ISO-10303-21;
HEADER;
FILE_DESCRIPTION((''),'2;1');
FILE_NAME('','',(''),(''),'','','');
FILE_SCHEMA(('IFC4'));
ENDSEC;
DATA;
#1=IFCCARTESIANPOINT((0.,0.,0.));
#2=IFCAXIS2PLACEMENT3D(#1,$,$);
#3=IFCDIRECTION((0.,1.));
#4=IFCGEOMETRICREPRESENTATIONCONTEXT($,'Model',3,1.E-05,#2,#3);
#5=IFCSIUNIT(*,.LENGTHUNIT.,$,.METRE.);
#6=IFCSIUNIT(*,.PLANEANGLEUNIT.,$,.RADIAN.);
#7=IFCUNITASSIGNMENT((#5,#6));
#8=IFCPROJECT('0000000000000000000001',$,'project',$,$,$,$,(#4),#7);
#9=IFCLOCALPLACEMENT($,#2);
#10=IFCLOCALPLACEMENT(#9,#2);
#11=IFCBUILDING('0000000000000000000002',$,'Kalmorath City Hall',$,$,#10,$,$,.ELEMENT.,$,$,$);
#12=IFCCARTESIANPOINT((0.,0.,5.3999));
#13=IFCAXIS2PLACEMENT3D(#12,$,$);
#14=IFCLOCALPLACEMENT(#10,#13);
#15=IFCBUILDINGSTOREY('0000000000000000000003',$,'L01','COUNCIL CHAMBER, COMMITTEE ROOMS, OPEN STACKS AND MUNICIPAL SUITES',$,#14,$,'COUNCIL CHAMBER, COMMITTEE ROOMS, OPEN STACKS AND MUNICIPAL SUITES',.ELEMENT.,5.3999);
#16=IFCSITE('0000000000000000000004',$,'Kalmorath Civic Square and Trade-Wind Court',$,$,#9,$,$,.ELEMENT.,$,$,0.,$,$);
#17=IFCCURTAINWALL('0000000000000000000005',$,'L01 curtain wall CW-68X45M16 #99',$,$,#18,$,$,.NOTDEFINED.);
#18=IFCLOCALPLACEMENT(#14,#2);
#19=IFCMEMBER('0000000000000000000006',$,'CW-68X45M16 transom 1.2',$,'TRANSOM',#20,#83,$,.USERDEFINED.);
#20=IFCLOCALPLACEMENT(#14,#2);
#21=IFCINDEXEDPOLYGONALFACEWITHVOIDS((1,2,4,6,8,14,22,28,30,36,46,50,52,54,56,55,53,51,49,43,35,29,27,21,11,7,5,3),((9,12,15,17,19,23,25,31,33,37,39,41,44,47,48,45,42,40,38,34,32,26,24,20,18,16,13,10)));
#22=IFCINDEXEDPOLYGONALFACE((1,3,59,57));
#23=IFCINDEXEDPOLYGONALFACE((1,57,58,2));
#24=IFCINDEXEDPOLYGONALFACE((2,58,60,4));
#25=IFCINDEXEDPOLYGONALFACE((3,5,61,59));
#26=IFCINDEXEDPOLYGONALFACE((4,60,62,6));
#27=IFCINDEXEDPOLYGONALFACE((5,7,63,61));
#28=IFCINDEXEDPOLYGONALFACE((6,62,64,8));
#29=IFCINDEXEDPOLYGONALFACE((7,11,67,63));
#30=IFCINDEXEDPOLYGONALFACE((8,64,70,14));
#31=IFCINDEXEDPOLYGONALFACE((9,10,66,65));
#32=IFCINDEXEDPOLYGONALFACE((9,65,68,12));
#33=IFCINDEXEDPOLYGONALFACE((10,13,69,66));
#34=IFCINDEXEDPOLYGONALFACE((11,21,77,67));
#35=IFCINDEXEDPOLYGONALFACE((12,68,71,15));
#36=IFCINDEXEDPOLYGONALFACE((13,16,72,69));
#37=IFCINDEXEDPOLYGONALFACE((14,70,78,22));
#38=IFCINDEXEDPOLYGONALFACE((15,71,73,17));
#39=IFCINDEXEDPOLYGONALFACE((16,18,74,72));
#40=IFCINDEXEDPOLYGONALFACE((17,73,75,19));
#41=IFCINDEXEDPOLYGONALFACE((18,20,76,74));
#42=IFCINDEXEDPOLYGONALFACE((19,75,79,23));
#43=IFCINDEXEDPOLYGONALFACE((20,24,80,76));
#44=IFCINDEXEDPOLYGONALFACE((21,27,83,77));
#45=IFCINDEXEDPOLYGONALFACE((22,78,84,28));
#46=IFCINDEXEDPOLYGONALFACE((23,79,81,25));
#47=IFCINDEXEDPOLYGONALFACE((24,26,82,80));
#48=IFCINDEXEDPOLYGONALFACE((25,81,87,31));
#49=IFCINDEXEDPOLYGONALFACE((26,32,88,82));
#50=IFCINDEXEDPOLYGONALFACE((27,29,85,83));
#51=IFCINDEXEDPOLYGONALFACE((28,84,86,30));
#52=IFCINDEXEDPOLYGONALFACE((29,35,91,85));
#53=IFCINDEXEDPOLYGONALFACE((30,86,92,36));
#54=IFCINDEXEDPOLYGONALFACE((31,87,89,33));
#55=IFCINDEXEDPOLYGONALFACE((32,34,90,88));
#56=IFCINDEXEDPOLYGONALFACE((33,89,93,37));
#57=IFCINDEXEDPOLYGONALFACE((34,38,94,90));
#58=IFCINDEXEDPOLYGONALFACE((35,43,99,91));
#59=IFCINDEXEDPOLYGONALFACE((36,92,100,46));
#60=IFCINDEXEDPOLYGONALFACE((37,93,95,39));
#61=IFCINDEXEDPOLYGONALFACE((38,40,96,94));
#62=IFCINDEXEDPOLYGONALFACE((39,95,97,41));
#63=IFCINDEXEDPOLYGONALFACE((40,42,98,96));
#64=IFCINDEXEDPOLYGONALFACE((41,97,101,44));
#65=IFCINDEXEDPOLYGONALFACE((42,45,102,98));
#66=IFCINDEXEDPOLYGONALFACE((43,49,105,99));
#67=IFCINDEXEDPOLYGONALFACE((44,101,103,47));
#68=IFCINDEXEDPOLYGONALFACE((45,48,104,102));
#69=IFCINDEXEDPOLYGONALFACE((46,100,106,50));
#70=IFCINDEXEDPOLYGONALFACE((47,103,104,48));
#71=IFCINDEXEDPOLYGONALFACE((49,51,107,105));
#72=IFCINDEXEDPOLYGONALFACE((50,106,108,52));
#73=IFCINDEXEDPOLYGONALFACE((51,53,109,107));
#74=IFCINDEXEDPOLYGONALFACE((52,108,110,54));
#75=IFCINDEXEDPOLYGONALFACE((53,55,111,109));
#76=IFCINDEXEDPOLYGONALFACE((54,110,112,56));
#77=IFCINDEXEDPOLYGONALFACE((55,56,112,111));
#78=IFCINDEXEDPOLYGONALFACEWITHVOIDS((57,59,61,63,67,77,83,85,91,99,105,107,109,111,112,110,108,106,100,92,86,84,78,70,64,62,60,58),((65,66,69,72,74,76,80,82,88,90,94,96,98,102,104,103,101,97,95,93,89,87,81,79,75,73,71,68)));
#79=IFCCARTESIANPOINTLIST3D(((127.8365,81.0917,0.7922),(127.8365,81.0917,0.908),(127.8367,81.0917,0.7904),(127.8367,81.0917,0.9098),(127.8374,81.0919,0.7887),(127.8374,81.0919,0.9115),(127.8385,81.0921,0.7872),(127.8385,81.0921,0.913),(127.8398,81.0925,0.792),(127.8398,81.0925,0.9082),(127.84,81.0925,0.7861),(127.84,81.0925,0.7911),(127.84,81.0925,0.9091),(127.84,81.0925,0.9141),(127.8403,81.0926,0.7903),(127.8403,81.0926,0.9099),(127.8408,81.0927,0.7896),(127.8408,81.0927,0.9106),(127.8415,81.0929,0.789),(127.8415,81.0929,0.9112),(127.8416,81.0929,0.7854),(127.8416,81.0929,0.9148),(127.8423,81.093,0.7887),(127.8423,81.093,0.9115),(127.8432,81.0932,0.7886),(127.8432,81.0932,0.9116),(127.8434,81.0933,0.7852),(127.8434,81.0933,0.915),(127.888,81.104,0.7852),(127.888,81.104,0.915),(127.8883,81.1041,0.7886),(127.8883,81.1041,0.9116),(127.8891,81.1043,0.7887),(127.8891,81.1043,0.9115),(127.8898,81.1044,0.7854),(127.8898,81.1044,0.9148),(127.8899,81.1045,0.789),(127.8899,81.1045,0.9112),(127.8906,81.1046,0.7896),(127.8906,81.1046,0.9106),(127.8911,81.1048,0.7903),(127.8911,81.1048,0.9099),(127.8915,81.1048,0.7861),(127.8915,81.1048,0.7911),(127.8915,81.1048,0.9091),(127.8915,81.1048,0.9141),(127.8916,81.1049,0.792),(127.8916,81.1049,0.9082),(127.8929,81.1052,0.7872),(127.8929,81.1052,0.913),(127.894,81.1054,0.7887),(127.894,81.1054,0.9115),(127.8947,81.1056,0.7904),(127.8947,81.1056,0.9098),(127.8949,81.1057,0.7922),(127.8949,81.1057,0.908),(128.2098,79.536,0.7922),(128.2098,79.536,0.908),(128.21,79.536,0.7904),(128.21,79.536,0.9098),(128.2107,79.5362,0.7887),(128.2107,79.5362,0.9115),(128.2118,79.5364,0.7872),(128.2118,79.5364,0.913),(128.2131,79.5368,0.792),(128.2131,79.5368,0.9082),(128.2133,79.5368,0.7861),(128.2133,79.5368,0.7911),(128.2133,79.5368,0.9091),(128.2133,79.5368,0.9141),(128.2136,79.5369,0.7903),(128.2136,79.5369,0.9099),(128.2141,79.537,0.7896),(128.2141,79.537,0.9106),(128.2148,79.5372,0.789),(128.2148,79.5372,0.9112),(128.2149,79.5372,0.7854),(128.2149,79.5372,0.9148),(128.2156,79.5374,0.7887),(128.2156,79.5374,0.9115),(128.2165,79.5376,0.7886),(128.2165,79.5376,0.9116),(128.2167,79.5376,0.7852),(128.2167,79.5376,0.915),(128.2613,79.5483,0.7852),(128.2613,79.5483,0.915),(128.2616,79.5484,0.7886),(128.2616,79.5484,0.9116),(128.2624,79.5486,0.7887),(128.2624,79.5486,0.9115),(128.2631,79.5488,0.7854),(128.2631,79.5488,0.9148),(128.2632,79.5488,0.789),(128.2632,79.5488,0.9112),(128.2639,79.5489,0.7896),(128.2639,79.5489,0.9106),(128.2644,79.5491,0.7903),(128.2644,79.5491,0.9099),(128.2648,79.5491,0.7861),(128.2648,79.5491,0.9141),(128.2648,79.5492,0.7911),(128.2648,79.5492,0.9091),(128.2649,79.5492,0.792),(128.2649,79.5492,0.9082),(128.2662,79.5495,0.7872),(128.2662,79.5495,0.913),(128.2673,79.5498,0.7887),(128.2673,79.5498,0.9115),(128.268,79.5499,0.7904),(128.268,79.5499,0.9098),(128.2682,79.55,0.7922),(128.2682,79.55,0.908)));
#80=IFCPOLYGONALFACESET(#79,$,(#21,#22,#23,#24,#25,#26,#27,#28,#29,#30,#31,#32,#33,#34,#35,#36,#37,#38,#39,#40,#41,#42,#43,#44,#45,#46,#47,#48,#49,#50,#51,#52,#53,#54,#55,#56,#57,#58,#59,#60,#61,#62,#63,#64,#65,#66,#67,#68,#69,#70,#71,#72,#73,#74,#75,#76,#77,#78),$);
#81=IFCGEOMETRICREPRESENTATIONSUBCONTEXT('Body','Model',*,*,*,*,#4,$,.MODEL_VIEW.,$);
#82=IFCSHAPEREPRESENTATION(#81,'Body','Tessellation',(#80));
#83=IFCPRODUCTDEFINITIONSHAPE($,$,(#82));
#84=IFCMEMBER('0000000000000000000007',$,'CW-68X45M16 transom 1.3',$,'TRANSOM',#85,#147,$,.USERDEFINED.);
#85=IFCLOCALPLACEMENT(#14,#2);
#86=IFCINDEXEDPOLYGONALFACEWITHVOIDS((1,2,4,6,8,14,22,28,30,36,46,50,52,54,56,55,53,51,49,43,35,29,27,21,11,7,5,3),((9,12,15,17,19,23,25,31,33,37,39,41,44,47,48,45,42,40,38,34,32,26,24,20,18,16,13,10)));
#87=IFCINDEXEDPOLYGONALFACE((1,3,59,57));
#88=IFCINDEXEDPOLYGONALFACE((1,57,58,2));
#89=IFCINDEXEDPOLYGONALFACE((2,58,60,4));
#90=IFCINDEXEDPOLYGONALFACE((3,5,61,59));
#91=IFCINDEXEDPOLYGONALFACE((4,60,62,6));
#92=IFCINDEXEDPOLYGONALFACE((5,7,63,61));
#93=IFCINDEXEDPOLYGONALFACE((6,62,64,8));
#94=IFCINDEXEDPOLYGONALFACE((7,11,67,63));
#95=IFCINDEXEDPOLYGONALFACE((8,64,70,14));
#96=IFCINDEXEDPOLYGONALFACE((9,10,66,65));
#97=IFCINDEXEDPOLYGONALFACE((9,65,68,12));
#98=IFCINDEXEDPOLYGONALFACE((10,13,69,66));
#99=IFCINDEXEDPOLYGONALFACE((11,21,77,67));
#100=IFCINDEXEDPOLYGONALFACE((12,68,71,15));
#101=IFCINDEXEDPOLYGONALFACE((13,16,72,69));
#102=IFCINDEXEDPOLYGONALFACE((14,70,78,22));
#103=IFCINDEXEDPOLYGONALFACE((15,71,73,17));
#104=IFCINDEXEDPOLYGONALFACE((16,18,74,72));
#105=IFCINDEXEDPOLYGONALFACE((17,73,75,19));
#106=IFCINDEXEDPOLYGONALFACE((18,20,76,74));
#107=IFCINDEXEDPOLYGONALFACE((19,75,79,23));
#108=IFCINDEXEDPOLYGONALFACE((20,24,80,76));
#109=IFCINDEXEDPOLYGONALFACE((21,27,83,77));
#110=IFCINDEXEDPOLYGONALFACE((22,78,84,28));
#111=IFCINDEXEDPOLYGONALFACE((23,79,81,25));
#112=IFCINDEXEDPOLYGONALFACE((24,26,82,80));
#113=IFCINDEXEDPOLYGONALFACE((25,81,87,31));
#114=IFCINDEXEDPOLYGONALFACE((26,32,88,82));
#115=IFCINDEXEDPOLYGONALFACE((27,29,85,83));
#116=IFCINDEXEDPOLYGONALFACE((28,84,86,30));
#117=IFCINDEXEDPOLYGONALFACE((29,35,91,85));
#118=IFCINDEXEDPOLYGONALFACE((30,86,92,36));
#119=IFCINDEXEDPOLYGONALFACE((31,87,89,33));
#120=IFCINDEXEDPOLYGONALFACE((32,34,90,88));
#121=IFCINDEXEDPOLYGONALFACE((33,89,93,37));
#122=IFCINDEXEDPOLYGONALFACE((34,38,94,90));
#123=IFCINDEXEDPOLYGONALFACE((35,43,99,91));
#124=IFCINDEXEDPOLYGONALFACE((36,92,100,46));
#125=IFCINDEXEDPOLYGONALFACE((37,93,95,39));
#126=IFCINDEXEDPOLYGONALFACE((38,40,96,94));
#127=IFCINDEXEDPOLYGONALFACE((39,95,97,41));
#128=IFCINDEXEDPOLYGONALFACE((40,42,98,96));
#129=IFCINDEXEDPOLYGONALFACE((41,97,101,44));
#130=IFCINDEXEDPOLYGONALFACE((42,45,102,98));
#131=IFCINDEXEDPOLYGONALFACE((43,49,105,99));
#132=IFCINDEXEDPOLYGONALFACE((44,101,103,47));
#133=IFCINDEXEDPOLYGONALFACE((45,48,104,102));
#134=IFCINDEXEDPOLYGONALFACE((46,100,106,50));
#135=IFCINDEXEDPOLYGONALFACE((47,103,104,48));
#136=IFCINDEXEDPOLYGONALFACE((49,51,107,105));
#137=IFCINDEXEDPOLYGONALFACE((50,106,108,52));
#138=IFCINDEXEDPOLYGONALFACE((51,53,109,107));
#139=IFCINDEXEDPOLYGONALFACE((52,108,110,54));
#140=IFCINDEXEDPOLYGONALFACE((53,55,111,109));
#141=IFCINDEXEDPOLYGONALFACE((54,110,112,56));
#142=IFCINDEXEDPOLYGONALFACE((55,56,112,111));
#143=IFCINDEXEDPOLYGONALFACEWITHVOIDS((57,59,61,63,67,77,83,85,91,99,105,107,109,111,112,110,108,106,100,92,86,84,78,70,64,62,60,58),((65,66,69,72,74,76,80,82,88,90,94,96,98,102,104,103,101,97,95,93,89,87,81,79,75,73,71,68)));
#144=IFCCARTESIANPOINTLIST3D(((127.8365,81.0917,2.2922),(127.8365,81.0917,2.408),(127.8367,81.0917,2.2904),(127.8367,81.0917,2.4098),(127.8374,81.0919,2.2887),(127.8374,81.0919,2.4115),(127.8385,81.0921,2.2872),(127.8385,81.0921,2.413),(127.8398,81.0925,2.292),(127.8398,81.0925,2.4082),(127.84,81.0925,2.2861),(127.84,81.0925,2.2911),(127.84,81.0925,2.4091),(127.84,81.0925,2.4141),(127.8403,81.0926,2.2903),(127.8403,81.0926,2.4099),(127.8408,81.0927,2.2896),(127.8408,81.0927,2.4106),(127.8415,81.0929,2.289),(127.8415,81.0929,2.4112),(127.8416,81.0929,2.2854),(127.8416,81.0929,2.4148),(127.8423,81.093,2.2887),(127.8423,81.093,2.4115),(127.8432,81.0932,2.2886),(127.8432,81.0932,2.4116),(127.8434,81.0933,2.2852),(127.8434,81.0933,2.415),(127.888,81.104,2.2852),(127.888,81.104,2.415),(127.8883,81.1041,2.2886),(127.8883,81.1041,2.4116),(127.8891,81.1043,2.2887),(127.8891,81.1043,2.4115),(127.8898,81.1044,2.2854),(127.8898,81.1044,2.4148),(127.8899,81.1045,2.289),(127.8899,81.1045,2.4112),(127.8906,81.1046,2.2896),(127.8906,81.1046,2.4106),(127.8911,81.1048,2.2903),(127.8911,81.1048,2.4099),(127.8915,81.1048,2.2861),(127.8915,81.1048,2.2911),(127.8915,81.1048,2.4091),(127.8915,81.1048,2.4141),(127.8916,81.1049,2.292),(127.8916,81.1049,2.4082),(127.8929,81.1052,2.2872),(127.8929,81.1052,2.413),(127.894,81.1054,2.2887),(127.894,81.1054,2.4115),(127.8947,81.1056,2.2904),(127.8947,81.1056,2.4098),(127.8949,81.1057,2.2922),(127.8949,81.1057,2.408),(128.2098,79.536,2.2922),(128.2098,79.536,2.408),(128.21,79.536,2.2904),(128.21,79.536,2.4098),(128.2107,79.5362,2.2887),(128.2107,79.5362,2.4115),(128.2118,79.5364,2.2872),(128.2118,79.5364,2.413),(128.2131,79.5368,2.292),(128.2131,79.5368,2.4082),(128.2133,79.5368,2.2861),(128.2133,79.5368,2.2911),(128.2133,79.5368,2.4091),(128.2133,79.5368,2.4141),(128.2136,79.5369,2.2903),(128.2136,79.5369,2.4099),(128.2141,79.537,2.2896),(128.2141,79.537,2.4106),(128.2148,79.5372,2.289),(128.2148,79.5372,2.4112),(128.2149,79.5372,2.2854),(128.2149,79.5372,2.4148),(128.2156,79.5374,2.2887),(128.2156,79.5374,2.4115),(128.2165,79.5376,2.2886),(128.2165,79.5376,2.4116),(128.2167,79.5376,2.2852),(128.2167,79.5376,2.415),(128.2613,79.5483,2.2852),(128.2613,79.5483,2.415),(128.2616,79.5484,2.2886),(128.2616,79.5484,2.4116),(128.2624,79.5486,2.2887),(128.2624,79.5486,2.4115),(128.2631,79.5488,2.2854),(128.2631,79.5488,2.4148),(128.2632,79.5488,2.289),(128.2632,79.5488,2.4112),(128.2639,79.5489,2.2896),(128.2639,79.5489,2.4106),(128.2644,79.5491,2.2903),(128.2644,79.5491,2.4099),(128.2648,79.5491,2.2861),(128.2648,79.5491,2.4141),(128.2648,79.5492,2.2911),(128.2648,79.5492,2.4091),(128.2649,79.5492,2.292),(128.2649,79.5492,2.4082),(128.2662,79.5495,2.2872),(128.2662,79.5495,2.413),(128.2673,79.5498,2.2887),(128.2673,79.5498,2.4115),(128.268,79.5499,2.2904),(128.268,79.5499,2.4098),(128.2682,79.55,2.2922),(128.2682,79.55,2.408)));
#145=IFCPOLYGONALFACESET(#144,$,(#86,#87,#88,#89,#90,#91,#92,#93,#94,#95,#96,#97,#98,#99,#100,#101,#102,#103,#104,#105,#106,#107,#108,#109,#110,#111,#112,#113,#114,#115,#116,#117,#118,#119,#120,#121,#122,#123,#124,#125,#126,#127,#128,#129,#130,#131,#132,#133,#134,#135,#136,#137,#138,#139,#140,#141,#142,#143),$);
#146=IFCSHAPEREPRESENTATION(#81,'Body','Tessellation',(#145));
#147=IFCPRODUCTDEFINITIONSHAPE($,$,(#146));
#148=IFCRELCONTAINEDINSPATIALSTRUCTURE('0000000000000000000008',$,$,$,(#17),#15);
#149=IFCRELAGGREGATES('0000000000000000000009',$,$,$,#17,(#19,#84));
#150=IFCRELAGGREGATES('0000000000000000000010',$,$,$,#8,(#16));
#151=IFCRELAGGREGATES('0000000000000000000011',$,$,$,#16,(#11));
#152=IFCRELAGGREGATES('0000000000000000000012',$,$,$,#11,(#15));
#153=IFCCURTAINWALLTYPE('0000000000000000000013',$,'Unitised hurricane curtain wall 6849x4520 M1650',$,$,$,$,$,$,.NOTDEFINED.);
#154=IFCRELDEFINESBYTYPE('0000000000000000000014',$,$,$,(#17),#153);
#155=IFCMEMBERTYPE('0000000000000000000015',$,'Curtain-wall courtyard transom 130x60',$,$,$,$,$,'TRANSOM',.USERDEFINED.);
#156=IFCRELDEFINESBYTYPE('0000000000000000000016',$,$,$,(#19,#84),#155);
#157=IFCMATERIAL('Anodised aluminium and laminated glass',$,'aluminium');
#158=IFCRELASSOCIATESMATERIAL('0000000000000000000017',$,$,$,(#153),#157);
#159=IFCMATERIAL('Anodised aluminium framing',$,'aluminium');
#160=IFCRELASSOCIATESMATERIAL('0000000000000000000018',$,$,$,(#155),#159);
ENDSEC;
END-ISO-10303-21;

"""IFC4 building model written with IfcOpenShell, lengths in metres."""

from ifc_helpers import new_model, si_unit, direction, frame, origin, origin_2d, place, context, subcontext, project, spatial, hollow_rectangle, extrude, material, material_profile, profile_set, type_object, element, aggregate, save


model = new_model("IFC4")

# Units and contexts
model_context = context("Model", 3, precision=1e-05, world=origin(), true_north=direction((0.0, 1.0)))
body_context = subcontext(model_context, "Body", "Model", "MODEL_VIEW")
ifc_project = project(units=[si_unit("LENGTHUNIT", "METRE"), si_unit("PLANEANGLEUNIT", "RADIAN")], contexts=[model_context])

# Site, building, storey
site_placement = place(None, origin())
site = spatial("IfcSite", under=ifc_project, at=site_placement, Name="Kalmorath Civic Square and Trade-Wind Court", CompositionType="ELEMENT", RefElevation=0.0)
building_placement = place(site_placement, origin())
building = spatial("IfcBuilding", under=site, at=building_placement, Name="Kalmorath City Hall", CompositionType="ELEMENT")
storey_placement = place(building_placement, frame((0.0, 0.0, 5.3999)))
storey = spatial("IfcBuildingStorey", under=building, at=storey_placement, Name="L01", Description="COUNCIL CHAMBER, COMMITTEE ROOMS, OPEN STACKS AND MUNICIPAL SUITES", LongName="COUNCIL CHAMBER, COMMITTEE ROOMS, OPEN STACKS AND MUNICIPAL SUITES", CompositionType="ELEMENT", Elevation=5.3999)

# Curtain wall, members
ifc_material_1 = material(Name="Anodised aluminium and laminated glass", Category="aluminium")
curtain_wall_type = type_object("IfcCurtainWallType", Name="Unitised hurricane curtain wall 6849x4520 M1650", PredefinedType="NOTDEFINED", material=ifc_material_1)
curtain_wall_1_placement = place(storey_placement, origin())
curtain_wall_1 = element("IfcCurtainWall", 1, at=curtain_wall_1_placement, inside=storey, type_object=curtain_wall_type, Name="L01 curtain wall CW-68X45M16 #99", PredefinedType="NOTDEFINED")
ifc_material_2 = material(Name="Anodised aluminium framing", Category="aluminium")
ifc_material_profile_1 = material_profile(ifc_material_2, hollow_rectangle(XDim=0.0601, YDim=0.1299, WallThickness=0.0034, InnerFilletRadius=0.0034, OuterFilletRadius=0.0071, at=origin_2d()), Name="ALU-TRN-130X60X3.5")
ifc_profile_set_1 = profile_set([ifc_material_profile_1], Name="Anodised aluminium framing")
member_type_1 = type_object("IfcMemberType", Name="Curtain-wall courtyard transom 130x60", ElementType="TRANSOM", PredefinedType="USERDEFINED", material=ifc_profile_set_1)
member_1_placement = place(storey_placement, frame((128.239, 79.543, 0.8501), z_axis=(-0.233333, 0.972397, 0.0), x_axis=(-0.972397, -0.233333, 0.0)))
member_1 = element("IfcMember", 2, at=member_1_placement, type_object=member_type_1, Name="CW-68X45M16 transom 1.2", ObjectType="TRANSOM", PredefinedType="USERDEFINED", context=body_context, shape_type="SweptSolid", body=[
    extrude(hollow_rectangle(XDim=0.0601, YDim=0.1299, WallThickness=0.0034, InnerFilletRadius=0.0034, OuterFilletRadius=0.0071, at=origin_2d()), origin(), (0.0, 0.0, 1.0), 1.5999),
])
member_2_placement = place(storey_placement, frame((128.239, 79.543, 2.3501), z_axis=(-0.233333, 0.972397, 0.0), x_axis=(-0.972397, -0.233333, 0.0)))
member_2 = element("IfcMember", 3, at=member_2_placement, type_object=member_type_1, Name="CW-68X45M16 transom 1.3", ObjectType="TRANSOM", PredefinedType="USERDEFINED", context=body_context, shape_type="SweptSolid", body=[
    extrude(hollow_rectangle(XDim=0.0601, YDim=0.1299, WallThickness=0.0034, InnerFilletRadius=0.0034, OuterFilletRadius=0.0071, at=origin_2d()), origin(), (0.0, 0.0, 1.0), 1.5999),
])

aggregate(curtain_wall_1, [member_1, member_2])

save(model, "model.ifc")
